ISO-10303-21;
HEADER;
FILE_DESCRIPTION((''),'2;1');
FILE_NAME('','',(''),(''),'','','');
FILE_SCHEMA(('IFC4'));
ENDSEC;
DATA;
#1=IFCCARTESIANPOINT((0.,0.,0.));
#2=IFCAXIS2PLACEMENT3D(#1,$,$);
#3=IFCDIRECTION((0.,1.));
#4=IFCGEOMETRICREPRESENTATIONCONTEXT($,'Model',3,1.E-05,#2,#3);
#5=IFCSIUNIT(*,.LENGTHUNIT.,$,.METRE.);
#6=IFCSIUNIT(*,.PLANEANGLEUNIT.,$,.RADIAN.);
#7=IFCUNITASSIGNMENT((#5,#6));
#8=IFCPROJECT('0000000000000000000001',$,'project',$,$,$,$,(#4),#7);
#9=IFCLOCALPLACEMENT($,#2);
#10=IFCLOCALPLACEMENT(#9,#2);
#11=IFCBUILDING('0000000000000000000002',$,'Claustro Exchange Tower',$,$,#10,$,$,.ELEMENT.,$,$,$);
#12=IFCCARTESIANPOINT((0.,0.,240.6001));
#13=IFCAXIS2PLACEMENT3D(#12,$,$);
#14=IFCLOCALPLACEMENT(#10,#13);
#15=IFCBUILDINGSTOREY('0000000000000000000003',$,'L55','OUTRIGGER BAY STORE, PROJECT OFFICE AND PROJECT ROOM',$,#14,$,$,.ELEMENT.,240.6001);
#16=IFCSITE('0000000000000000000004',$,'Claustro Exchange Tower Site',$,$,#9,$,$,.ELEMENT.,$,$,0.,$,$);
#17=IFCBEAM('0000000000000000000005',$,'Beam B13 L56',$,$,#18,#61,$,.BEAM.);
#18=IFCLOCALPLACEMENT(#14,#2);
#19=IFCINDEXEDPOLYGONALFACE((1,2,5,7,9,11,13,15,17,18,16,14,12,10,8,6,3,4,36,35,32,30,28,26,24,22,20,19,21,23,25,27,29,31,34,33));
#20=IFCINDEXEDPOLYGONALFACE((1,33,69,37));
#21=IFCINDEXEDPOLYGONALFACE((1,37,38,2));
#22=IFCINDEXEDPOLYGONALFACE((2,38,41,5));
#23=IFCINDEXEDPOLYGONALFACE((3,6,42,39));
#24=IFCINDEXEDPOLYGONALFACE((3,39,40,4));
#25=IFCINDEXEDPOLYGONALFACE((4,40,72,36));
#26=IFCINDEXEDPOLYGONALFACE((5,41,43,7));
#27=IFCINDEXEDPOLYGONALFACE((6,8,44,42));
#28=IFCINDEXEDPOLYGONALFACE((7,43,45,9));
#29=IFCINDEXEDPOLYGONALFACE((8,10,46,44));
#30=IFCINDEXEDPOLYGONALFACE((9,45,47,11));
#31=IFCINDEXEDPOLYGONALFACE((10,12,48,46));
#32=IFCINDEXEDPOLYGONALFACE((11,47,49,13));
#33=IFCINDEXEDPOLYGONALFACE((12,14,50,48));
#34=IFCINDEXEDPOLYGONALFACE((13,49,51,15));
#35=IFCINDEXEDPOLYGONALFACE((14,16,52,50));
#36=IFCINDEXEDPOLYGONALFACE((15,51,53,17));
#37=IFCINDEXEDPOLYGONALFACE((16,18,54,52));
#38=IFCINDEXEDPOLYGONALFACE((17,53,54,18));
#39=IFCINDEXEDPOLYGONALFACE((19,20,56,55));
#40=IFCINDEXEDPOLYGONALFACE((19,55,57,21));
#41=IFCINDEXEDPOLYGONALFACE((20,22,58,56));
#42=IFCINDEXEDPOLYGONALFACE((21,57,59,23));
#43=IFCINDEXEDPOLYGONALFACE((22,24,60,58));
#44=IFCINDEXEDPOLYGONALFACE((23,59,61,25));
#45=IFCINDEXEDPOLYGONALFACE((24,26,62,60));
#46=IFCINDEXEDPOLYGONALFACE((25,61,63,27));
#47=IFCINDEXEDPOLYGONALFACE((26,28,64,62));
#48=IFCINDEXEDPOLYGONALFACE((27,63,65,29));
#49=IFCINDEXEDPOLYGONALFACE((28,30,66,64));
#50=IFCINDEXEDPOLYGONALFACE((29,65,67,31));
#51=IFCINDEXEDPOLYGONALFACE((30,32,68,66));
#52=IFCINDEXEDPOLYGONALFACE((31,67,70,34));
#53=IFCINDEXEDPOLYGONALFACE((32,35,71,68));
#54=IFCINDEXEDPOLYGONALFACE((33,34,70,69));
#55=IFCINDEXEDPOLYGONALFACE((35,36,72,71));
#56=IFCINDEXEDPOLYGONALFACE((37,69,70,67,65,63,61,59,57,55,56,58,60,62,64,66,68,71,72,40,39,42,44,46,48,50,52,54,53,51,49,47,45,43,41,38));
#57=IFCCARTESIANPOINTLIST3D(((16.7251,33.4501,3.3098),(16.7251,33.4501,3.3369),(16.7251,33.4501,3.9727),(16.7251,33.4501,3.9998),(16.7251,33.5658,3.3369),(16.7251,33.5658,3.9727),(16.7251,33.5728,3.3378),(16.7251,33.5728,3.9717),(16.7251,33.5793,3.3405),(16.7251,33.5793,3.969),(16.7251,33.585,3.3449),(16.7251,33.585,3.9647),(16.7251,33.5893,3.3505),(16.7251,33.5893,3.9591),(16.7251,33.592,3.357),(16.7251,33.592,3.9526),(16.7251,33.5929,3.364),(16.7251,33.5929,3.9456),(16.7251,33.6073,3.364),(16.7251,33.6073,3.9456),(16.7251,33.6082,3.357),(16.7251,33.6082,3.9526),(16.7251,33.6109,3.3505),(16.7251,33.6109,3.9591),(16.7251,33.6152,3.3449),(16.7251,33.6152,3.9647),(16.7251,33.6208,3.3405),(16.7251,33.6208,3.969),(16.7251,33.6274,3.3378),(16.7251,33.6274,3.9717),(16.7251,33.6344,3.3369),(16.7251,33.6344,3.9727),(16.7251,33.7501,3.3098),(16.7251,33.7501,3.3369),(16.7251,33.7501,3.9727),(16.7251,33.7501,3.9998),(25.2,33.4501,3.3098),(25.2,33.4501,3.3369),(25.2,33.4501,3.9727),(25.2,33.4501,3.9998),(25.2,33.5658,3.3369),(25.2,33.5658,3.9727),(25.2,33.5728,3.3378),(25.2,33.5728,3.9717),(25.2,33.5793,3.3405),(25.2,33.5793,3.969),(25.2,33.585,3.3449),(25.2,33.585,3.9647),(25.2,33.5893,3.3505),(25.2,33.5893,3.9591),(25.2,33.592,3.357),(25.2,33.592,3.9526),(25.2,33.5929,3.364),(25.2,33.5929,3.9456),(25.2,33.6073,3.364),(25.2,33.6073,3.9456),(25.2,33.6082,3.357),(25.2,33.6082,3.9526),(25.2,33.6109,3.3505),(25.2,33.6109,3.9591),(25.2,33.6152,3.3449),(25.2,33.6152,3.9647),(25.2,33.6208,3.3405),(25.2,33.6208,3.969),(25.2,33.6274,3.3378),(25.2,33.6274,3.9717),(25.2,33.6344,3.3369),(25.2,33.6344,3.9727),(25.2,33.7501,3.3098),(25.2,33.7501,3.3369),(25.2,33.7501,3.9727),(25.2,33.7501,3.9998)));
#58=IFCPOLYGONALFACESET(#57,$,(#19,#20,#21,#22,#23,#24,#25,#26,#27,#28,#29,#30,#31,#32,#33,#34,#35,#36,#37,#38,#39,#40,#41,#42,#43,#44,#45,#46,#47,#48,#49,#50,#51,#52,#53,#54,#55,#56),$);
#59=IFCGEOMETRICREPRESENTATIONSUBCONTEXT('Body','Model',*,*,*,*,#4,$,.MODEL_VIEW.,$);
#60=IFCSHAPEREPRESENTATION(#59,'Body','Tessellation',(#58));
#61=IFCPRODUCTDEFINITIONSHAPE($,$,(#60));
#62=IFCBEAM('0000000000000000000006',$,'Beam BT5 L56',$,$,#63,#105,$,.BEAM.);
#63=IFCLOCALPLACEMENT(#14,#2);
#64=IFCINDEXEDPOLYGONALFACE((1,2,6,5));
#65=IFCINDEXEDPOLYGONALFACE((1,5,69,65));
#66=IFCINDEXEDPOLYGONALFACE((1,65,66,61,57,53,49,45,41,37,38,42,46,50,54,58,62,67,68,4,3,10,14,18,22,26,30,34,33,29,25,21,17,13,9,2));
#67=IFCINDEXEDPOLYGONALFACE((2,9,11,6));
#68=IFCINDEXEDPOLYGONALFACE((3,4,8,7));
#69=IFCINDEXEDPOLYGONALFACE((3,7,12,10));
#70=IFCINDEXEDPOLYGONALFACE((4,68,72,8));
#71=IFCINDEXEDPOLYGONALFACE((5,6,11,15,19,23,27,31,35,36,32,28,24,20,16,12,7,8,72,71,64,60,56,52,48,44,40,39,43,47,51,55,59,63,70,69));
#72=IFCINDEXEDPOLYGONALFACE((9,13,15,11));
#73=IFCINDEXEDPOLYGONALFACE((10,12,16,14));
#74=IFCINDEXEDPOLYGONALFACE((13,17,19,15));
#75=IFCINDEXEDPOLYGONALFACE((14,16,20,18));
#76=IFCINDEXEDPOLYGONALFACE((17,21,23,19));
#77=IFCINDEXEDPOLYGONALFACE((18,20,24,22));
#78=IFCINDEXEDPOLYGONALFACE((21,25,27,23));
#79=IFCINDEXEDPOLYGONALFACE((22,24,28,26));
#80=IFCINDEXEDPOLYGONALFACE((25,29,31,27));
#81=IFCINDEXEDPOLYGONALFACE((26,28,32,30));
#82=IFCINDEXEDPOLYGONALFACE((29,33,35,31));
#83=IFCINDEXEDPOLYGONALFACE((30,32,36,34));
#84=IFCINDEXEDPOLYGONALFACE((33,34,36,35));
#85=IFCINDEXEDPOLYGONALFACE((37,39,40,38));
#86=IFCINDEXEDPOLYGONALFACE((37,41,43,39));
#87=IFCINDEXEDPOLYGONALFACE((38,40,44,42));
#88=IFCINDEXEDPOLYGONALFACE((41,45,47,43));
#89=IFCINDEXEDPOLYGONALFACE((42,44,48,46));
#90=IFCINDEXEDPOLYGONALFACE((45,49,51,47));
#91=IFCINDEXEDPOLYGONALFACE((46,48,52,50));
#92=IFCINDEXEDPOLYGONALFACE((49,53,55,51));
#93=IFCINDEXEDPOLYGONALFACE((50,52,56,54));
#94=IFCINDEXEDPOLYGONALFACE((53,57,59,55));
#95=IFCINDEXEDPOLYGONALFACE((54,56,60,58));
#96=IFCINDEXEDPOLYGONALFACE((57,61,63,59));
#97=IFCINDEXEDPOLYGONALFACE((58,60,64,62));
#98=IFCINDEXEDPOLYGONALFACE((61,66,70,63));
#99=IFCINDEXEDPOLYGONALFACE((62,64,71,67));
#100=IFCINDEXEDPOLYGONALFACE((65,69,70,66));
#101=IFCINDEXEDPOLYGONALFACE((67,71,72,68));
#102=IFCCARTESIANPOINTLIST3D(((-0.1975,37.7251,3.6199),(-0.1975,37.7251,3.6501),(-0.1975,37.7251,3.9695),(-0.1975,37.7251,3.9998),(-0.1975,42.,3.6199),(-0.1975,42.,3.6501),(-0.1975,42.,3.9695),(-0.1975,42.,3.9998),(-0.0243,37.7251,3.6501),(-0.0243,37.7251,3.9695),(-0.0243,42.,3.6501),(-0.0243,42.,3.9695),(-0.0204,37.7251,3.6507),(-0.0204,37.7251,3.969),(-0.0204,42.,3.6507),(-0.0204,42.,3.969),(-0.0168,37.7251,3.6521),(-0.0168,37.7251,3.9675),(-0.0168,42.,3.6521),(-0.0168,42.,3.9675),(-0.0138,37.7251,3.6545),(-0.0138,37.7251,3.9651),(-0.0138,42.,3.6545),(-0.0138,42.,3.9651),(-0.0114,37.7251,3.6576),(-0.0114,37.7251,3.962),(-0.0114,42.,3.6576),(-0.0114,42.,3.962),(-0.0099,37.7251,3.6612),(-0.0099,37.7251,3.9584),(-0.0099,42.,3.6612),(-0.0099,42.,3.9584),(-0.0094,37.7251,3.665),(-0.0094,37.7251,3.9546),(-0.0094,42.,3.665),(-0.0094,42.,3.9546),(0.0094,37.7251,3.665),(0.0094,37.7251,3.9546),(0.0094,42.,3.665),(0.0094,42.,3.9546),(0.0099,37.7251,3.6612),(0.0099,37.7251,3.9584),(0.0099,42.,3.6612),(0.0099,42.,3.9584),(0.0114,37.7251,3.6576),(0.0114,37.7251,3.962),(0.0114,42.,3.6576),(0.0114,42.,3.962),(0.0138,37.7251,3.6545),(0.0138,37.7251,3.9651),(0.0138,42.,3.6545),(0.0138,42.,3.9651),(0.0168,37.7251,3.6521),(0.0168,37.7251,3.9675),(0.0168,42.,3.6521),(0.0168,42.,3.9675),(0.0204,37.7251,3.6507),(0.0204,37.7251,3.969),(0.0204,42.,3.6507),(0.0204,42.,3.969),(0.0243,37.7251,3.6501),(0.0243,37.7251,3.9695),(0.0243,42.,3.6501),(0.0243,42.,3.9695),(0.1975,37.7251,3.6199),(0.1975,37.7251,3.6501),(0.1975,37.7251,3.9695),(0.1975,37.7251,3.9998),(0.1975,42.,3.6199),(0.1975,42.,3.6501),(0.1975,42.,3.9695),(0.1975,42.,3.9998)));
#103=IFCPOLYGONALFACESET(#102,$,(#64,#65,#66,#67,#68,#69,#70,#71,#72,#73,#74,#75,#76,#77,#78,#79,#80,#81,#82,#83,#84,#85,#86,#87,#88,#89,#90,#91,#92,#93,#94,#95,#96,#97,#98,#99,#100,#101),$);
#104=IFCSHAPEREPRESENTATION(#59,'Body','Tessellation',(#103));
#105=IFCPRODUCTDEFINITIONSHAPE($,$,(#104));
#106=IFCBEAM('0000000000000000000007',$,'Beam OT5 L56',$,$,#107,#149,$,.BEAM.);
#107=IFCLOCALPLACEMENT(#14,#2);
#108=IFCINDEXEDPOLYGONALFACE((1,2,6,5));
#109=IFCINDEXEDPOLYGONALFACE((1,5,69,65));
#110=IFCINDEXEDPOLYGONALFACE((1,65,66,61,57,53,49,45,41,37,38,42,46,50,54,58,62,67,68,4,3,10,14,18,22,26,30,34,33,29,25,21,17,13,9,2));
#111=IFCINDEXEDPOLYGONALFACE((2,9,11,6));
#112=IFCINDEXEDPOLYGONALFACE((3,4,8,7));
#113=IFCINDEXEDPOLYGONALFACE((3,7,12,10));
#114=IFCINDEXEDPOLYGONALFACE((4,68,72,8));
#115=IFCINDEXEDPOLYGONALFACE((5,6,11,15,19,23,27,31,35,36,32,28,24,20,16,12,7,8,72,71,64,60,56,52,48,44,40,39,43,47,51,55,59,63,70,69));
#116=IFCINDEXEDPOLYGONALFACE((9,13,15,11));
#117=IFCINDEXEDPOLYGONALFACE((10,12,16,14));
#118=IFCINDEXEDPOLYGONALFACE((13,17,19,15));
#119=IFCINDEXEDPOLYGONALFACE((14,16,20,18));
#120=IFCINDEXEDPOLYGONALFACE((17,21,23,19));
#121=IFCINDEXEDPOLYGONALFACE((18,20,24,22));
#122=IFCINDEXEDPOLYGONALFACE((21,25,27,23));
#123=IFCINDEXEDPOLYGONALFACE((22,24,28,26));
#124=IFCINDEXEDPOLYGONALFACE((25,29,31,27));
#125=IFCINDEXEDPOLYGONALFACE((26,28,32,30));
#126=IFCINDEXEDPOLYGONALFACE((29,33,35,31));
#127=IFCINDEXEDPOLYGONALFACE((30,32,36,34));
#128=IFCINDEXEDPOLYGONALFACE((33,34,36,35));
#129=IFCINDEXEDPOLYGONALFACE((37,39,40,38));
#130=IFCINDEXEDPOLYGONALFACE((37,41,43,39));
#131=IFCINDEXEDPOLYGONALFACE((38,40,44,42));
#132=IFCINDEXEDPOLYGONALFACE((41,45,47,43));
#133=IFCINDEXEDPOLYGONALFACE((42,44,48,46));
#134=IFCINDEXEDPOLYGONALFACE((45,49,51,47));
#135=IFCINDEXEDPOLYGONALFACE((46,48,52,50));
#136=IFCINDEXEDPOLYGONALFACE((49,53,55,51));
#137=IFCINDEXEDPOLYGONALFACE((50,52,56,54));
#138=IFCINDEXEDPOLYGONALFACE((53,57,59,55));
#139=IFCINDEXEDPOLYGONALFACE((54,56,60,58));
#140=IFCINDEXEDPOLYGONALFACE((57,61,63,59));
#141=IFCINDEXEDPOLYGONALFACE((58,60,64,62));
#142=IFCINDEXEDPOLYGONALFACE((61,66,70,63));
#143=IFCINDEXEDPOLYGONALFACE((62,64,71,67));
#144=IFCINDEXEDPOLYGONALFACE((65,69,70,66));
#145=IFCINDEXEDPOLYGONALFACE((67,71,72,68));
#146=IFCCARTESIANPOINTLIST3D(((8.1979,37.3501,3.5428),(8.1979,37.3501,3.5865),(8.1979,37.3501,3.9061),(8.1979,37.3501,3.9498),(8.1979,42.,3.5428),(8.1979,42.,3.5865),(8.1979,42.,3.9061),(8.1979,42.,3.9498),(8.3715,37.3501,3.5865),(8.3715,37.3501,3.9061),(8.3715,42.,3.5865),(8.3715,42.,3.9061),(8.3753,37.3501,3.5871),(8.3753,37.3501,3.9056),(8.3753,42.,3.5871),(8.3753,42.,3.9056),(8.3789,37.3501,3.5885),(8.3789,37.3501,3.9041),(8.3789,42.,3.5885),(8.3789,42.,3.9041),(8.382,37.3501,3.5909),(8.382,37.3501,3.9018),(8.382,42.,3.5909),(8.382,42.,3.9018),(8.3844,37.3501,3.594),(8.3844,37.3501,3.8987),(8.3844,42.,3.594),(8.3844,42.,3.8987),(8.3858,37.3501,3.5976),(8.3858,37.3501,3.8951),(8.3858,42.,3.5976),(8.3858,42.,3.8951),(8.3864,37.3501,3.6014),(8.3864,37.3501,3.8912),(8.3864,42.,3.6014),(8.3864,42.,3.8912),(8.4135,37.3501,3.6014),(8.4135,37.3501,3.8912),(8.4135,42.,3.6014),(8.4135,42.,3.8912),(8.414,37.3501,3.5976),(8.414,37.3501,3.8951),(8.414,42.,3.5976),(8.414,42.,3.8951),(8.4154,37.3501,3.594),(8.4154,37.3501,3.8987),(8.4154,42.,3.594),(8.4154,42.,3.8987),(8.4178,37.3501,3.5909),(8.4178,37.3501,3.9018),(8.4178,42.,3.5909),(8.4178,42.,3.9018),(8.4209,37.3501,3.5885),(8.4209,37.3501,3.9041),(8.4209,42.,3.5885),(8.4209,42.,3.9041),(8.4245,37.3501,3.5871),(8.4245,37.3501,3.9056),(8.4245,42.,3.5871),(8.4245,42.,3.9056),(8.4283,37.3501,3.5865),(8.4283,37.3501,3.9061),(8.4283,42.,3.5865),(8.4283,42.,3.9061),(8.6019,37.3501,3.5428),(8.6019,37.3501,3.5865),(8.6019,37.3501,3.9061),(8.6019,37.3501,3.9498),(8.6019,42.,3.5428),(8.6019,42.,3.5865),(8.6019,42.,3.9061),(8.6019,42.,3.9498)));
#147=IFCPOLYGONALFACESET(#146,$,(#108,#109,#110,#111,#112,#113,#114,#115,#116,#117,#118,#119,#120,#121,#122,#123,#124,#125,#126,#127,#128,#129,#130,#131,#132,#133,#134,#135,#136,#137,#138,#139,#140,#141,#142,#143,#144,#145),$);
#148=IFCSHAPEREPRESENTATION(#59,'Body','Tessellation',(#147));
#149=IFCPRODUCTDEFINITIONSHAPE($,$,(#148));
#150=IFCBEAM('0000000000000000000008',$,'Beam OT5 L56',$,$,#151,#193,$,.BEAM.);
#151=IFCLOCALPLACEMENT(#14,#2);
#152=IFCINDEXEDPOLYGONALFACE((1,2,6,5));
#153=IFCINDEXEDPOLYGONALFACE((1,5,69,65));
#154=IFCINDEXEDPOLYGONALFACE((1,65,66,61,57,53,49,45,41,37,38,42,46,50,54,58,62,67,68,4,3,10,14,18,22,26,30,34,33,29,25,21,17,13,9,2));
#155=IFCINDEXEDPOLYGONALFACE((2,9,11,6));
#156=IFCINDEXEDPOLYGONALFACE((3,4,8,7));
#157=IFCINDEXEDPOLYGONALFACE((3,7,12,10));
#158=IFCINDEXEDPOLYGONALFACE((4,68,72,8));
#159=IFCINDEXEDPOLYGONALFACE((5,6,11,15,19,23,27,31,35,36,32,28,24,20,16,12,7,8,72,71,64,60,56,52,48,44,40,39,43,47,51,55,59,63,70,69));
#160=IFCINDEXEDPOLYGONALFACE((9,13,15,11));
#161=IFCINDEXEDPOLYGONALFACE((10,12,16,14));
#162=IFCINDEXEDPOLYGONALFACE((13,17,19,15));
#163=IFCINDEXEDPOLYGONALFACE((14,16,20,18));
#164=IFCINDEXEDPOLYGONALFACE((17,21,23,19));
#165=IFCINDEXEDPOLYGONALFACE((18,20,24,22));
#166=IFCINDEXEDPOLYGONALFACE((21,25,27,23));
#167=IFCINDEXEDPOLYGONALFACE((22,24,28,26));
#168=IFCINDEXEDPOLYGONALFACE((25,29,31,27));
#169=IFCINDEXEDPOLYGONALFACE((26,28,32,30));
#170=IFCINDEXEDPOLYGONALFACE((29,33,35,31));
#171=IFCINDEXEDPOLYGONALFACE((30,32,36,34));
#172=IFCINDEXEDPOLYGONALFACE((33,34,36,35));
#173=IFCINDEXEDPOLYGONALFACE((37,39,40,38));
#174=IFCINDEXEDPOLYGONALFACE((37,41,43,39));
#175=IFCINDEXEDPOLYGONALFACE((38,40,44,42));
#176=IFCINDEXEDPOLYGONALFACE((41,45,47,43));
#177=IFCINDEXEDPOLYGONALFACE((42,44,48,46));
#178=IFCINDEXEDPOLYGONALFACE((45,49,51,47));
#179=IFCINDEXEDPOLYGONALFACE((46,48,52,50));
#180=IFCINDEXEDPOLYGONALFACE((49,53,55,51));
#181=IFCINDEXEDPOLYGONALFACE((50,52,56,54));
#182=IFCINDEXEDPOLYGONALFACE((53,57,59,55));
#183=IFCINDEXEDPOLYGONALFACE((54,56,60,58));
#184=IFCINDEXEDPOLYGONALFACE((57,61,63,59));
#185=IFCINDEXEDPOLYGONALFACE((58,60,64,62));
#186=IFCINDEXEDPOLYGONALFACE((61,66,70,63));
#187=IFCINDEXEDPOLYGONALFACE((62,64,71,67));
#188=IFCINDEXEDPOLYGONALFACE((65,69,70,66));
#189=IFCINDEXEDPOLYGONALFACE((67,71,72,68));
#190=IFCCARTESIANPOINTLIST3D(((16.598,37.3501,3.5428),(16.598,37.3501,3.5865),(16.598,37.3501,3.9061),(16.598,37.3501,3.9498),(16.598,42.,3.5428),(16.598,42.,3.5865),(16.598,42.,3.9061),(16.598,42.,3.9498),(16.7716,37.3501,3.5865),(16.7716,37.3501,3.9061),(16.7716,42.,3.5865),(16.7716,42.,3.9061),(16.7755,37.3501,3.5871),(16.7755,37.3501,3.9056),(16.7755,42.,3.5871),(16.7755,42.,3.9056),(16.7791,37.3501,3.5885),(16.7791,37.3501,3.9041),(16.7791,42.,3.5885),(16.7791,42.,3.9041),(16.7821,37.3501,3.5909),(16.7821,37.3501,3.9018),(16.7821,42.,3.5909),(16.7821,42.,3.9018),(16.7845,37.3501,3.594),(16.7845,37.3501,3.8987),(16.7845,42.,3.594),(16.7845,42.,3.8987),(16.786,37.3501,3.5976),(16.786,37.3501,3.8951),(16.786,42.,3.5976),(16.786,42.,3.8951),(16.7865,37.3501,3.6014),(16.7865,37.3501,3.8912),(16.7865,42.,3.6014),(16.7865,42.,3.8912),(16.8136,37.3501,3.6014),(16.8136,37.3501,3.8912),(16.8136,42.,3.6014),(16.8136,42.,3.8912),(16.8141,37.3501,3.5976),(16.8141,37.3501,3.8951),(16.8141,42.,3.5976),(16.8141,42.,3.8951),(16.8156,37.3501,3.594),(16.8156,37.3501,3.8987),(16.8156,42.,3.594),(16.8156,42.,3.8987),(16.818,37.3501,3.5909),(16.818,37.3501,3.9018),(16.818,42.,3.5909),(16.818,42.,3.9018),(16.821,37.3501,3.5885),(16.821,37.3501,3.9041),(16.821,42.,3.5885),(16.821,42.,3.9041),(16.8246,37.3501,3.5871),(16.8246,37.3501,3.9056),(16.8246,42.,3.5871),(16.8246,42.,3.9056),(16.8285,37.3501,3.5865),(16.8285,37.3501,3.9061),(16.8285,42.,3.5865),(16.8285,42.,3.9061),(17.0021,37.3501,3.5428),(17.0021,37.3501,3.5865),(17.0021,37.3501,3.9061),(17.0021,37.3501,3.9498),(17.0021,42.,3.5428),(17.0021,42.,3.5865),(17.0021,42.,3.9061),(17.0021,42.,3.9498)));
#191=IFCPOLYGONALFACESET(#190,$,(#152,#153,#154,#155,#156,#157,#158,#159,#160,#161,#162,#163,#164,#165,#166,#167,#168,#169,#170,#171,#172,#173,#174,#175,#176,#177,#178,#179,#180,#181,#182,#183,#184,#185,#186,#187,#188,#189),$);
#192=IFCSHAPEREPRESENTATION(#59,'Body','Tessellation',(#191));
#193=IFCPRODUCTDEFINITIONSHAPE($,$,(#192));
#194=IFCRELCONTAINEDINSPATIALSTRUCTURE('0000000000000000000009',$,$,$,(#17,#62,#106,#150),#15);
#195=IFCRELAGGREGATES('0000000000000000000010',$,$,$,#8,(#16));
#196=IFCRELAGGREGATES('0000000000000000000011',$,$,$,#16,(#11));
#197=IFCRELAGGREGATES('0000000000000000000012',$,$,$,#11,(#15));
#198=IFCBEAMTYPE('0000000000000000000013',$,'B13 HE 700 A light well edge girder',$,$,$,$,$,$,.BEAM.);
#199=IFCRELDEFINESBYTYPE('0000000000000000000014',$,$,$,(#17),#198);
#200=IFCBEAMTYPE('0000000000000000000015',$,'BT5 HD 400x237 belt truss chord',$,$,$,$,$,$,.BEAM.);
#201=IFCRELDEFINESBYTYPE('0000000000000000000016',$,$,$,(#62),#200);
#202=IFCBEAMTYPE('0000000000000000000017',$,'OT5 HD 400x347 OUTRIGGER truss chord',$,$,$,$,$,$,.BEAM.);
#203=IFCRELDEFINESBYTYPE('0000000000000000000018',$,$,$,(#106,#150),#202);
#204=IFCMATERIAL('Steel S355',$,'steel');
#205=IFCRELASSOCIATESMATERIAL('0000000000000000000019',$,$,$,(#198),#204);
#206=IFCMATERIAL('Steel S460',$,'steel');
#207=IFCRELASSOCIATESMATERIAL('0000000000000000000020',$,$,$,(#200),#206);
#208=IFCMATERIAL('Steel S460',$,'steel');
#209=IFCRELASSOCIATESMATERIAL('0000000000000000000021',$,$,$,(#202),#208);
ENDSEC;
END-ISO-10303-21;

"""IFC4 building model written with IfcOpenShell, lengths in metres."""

from ifc_helpers import new_model, si_unit, direction, frame, origin, origin_2d, place, context, subcontext, project, spatial, i_section, extrude, material, material_profile, profile_set, type_object, element, save


model = new_model("IFC4")

# Units and contexts
model_context = context("Model", 3, precision=1e-05, world=origin(), true_north=direction((0.0, 1.0)))
body_context = subcontext(model_context, "Body", "Model", "MODEL_VIEW")
ifc_project = project(units=[si_unit("LENGTHUNIT", "METRE"), si_unit("PLANEANGLEUNIT", "RADIAN")], contexts=[model_context])

# Site, building, storey
site_placement = place(None, origin())
site = spatial("IfcSite", under=ifc_project, at=site_placement, Name="Claustro Exchange Tower Site", CompositionType="ELEMENT", RefElevation=0.0)
building_placement = place(site_placement, origin())
building = spatial("IfcBuilding", under=site, at=building_placement, Name="Claustro Exchange Tower", CompositionType="ELEMENT")
storey_placement = place(building_placement, frame((0.0, 0.0, 240.6001)))
storey = spatial("IfcBuildingStorey", under=building, at=storey_placement, Name="L55", Description="OUTRIGGER BAY STORE, PROJECT OFFICE AND PROJECT ROOM", CompositionType="ELEMENT", Elevation=240.6001)

# Beams
ifc_material_1 = material(Name="Steel S355", Category="steel")
ifc_material_profile_1 = material_profile(ifc_material_1, i_section(OverallWidth=0.3, OverallDepth=0.6899, WebThickness=0.0144, FlangeThickness=0.0271, FilletRadius=0.0271, at=origin_2d()), Name="HE 700 A")
ifc_profile_set_1 = profile_set([ifc_material_profile_1], Name="Steel S355")
beam_type_1 = type_object("IfcBeamType", Name="B13 HE 700 A light well edge girder", PredefinedType="BEAM", material=ifc_profile_set_1)
beam_1_placement = place(storey_placement, frame((16.7251, 33.6001, 3.6548), z_axis=(1.0, 0.0, 0.0), x_axis=(0.0, 1.0, 0.0)))
element("IfcBeam", 1, at=beam_1_placement, inside=storey, type_object=beam_type_1, Name="Beam B13 L56", PredefinedType="BEAM", context=body_context, shape_type="SweptSolid", body=[
    extrude(i_section(OverallWidth=0.3, OverallDepth=0.6899, WebThickness=0.0144, FlangeThickness=0.0271, FilletRadius=0.0271, at=origin_2d()), origin(), (0.0, 0.0, 1.0), 8.4749),
])
ifc_material_2 = material(Name="Steel S460", Category="steel")
ifc_material_profile_2 = material_profile(ifc_material_2, i_section(OverallWidth=0.395, OverallDepth=0.3799, WebThickness=0.0188, FlangeThickness=0.0303, FilletRadius=0.0149, at=origin_2d()), Name="HD 400x237")
ifc_profile_set_2 = profile_set([ifc_material_profile_2], Name="Steel S460")
beam_type_2 = type_object("IfcBeamType", Name="BT5 HD 400x237 belt truss chord", PredefinedType="BEAM", material=ifc_profile_set_2)
beam_2_placement = place(storey_placement, frame((0.0, 37.7251, 3.8098), z_axis=(0.0, 1.0, 0.0), x_axis=(-1.0, 0.0, 0.0)))
element("IfcBeam", 2, at=beam_2_placement, inside=storey, type_object=beam_type_2, Name="Beam BT5 L56", PredefinedType="BEAM", context=body_context, shape_type="SweptSolid", body=[
    extrude(i_section(OverallWidth=0.395, OverallDepth=0.3799, WebThickness=0.0188, FlangeThickness=0.0303, FilletRadius=0.0149, at=origin_2d()), origin(), (0.0, 0.0, 1.0), 4.2749),
])
ifc_material_3 = material(Name="Steel S460", Category="steel")
ifc_material_profile_3 = material_profile(ifc_material_3, i_section(OverallWidth=0.4041, OverallDepth=0.407, WebThickness=0.0271, FlangeThickness=0.0437, FilletRadius=0.0149, at=origin_2d()), Name="HD 400x347")
ifc_profile_set_3 = profile_set([ifc_material_profile_3], Name="Steel S460")
beam_type_3 = type_object("IfcBeamType", Name="OT5 HD 400x347 OUTRIGGER truss chord", PredefinedType="BEAM", material=ifc_profile_set_3)
for number, where, z_axis, x_axis, name in (
    (3, (8.3999, 37.3501, 3.7463), (0.0, 1.0, 0.0), (-1.0, 0.0, 0.0), "Beam OT5 L56"),
    (4, (16.8, 37.3501, 3.7463), (0.0, 1.0, 0.0), (-1.0, 0.0, 0.0), "Beam OT5 L56"),
):
    element("IfcBeam", number, at=place(storey_placement, frame(where, z_axis=z_axis, x_axis=x_axis)), inside=storey, type_object=beam_type_3, Name=name, PredefinedType="BEAM", context=body_context, shape_type="SweptSolid", body=[
        extrude(i_section(OverallWidth=0.4041, OverallDepth=0.407, WebThickness=0.0271, FlangeThickness=0.0437, FilletRadius=0.0149, at=origin_2d()), origin(), (0.0, 0.0, 1.0), 4.6499),
    ])

save(model, "model.ifc")
